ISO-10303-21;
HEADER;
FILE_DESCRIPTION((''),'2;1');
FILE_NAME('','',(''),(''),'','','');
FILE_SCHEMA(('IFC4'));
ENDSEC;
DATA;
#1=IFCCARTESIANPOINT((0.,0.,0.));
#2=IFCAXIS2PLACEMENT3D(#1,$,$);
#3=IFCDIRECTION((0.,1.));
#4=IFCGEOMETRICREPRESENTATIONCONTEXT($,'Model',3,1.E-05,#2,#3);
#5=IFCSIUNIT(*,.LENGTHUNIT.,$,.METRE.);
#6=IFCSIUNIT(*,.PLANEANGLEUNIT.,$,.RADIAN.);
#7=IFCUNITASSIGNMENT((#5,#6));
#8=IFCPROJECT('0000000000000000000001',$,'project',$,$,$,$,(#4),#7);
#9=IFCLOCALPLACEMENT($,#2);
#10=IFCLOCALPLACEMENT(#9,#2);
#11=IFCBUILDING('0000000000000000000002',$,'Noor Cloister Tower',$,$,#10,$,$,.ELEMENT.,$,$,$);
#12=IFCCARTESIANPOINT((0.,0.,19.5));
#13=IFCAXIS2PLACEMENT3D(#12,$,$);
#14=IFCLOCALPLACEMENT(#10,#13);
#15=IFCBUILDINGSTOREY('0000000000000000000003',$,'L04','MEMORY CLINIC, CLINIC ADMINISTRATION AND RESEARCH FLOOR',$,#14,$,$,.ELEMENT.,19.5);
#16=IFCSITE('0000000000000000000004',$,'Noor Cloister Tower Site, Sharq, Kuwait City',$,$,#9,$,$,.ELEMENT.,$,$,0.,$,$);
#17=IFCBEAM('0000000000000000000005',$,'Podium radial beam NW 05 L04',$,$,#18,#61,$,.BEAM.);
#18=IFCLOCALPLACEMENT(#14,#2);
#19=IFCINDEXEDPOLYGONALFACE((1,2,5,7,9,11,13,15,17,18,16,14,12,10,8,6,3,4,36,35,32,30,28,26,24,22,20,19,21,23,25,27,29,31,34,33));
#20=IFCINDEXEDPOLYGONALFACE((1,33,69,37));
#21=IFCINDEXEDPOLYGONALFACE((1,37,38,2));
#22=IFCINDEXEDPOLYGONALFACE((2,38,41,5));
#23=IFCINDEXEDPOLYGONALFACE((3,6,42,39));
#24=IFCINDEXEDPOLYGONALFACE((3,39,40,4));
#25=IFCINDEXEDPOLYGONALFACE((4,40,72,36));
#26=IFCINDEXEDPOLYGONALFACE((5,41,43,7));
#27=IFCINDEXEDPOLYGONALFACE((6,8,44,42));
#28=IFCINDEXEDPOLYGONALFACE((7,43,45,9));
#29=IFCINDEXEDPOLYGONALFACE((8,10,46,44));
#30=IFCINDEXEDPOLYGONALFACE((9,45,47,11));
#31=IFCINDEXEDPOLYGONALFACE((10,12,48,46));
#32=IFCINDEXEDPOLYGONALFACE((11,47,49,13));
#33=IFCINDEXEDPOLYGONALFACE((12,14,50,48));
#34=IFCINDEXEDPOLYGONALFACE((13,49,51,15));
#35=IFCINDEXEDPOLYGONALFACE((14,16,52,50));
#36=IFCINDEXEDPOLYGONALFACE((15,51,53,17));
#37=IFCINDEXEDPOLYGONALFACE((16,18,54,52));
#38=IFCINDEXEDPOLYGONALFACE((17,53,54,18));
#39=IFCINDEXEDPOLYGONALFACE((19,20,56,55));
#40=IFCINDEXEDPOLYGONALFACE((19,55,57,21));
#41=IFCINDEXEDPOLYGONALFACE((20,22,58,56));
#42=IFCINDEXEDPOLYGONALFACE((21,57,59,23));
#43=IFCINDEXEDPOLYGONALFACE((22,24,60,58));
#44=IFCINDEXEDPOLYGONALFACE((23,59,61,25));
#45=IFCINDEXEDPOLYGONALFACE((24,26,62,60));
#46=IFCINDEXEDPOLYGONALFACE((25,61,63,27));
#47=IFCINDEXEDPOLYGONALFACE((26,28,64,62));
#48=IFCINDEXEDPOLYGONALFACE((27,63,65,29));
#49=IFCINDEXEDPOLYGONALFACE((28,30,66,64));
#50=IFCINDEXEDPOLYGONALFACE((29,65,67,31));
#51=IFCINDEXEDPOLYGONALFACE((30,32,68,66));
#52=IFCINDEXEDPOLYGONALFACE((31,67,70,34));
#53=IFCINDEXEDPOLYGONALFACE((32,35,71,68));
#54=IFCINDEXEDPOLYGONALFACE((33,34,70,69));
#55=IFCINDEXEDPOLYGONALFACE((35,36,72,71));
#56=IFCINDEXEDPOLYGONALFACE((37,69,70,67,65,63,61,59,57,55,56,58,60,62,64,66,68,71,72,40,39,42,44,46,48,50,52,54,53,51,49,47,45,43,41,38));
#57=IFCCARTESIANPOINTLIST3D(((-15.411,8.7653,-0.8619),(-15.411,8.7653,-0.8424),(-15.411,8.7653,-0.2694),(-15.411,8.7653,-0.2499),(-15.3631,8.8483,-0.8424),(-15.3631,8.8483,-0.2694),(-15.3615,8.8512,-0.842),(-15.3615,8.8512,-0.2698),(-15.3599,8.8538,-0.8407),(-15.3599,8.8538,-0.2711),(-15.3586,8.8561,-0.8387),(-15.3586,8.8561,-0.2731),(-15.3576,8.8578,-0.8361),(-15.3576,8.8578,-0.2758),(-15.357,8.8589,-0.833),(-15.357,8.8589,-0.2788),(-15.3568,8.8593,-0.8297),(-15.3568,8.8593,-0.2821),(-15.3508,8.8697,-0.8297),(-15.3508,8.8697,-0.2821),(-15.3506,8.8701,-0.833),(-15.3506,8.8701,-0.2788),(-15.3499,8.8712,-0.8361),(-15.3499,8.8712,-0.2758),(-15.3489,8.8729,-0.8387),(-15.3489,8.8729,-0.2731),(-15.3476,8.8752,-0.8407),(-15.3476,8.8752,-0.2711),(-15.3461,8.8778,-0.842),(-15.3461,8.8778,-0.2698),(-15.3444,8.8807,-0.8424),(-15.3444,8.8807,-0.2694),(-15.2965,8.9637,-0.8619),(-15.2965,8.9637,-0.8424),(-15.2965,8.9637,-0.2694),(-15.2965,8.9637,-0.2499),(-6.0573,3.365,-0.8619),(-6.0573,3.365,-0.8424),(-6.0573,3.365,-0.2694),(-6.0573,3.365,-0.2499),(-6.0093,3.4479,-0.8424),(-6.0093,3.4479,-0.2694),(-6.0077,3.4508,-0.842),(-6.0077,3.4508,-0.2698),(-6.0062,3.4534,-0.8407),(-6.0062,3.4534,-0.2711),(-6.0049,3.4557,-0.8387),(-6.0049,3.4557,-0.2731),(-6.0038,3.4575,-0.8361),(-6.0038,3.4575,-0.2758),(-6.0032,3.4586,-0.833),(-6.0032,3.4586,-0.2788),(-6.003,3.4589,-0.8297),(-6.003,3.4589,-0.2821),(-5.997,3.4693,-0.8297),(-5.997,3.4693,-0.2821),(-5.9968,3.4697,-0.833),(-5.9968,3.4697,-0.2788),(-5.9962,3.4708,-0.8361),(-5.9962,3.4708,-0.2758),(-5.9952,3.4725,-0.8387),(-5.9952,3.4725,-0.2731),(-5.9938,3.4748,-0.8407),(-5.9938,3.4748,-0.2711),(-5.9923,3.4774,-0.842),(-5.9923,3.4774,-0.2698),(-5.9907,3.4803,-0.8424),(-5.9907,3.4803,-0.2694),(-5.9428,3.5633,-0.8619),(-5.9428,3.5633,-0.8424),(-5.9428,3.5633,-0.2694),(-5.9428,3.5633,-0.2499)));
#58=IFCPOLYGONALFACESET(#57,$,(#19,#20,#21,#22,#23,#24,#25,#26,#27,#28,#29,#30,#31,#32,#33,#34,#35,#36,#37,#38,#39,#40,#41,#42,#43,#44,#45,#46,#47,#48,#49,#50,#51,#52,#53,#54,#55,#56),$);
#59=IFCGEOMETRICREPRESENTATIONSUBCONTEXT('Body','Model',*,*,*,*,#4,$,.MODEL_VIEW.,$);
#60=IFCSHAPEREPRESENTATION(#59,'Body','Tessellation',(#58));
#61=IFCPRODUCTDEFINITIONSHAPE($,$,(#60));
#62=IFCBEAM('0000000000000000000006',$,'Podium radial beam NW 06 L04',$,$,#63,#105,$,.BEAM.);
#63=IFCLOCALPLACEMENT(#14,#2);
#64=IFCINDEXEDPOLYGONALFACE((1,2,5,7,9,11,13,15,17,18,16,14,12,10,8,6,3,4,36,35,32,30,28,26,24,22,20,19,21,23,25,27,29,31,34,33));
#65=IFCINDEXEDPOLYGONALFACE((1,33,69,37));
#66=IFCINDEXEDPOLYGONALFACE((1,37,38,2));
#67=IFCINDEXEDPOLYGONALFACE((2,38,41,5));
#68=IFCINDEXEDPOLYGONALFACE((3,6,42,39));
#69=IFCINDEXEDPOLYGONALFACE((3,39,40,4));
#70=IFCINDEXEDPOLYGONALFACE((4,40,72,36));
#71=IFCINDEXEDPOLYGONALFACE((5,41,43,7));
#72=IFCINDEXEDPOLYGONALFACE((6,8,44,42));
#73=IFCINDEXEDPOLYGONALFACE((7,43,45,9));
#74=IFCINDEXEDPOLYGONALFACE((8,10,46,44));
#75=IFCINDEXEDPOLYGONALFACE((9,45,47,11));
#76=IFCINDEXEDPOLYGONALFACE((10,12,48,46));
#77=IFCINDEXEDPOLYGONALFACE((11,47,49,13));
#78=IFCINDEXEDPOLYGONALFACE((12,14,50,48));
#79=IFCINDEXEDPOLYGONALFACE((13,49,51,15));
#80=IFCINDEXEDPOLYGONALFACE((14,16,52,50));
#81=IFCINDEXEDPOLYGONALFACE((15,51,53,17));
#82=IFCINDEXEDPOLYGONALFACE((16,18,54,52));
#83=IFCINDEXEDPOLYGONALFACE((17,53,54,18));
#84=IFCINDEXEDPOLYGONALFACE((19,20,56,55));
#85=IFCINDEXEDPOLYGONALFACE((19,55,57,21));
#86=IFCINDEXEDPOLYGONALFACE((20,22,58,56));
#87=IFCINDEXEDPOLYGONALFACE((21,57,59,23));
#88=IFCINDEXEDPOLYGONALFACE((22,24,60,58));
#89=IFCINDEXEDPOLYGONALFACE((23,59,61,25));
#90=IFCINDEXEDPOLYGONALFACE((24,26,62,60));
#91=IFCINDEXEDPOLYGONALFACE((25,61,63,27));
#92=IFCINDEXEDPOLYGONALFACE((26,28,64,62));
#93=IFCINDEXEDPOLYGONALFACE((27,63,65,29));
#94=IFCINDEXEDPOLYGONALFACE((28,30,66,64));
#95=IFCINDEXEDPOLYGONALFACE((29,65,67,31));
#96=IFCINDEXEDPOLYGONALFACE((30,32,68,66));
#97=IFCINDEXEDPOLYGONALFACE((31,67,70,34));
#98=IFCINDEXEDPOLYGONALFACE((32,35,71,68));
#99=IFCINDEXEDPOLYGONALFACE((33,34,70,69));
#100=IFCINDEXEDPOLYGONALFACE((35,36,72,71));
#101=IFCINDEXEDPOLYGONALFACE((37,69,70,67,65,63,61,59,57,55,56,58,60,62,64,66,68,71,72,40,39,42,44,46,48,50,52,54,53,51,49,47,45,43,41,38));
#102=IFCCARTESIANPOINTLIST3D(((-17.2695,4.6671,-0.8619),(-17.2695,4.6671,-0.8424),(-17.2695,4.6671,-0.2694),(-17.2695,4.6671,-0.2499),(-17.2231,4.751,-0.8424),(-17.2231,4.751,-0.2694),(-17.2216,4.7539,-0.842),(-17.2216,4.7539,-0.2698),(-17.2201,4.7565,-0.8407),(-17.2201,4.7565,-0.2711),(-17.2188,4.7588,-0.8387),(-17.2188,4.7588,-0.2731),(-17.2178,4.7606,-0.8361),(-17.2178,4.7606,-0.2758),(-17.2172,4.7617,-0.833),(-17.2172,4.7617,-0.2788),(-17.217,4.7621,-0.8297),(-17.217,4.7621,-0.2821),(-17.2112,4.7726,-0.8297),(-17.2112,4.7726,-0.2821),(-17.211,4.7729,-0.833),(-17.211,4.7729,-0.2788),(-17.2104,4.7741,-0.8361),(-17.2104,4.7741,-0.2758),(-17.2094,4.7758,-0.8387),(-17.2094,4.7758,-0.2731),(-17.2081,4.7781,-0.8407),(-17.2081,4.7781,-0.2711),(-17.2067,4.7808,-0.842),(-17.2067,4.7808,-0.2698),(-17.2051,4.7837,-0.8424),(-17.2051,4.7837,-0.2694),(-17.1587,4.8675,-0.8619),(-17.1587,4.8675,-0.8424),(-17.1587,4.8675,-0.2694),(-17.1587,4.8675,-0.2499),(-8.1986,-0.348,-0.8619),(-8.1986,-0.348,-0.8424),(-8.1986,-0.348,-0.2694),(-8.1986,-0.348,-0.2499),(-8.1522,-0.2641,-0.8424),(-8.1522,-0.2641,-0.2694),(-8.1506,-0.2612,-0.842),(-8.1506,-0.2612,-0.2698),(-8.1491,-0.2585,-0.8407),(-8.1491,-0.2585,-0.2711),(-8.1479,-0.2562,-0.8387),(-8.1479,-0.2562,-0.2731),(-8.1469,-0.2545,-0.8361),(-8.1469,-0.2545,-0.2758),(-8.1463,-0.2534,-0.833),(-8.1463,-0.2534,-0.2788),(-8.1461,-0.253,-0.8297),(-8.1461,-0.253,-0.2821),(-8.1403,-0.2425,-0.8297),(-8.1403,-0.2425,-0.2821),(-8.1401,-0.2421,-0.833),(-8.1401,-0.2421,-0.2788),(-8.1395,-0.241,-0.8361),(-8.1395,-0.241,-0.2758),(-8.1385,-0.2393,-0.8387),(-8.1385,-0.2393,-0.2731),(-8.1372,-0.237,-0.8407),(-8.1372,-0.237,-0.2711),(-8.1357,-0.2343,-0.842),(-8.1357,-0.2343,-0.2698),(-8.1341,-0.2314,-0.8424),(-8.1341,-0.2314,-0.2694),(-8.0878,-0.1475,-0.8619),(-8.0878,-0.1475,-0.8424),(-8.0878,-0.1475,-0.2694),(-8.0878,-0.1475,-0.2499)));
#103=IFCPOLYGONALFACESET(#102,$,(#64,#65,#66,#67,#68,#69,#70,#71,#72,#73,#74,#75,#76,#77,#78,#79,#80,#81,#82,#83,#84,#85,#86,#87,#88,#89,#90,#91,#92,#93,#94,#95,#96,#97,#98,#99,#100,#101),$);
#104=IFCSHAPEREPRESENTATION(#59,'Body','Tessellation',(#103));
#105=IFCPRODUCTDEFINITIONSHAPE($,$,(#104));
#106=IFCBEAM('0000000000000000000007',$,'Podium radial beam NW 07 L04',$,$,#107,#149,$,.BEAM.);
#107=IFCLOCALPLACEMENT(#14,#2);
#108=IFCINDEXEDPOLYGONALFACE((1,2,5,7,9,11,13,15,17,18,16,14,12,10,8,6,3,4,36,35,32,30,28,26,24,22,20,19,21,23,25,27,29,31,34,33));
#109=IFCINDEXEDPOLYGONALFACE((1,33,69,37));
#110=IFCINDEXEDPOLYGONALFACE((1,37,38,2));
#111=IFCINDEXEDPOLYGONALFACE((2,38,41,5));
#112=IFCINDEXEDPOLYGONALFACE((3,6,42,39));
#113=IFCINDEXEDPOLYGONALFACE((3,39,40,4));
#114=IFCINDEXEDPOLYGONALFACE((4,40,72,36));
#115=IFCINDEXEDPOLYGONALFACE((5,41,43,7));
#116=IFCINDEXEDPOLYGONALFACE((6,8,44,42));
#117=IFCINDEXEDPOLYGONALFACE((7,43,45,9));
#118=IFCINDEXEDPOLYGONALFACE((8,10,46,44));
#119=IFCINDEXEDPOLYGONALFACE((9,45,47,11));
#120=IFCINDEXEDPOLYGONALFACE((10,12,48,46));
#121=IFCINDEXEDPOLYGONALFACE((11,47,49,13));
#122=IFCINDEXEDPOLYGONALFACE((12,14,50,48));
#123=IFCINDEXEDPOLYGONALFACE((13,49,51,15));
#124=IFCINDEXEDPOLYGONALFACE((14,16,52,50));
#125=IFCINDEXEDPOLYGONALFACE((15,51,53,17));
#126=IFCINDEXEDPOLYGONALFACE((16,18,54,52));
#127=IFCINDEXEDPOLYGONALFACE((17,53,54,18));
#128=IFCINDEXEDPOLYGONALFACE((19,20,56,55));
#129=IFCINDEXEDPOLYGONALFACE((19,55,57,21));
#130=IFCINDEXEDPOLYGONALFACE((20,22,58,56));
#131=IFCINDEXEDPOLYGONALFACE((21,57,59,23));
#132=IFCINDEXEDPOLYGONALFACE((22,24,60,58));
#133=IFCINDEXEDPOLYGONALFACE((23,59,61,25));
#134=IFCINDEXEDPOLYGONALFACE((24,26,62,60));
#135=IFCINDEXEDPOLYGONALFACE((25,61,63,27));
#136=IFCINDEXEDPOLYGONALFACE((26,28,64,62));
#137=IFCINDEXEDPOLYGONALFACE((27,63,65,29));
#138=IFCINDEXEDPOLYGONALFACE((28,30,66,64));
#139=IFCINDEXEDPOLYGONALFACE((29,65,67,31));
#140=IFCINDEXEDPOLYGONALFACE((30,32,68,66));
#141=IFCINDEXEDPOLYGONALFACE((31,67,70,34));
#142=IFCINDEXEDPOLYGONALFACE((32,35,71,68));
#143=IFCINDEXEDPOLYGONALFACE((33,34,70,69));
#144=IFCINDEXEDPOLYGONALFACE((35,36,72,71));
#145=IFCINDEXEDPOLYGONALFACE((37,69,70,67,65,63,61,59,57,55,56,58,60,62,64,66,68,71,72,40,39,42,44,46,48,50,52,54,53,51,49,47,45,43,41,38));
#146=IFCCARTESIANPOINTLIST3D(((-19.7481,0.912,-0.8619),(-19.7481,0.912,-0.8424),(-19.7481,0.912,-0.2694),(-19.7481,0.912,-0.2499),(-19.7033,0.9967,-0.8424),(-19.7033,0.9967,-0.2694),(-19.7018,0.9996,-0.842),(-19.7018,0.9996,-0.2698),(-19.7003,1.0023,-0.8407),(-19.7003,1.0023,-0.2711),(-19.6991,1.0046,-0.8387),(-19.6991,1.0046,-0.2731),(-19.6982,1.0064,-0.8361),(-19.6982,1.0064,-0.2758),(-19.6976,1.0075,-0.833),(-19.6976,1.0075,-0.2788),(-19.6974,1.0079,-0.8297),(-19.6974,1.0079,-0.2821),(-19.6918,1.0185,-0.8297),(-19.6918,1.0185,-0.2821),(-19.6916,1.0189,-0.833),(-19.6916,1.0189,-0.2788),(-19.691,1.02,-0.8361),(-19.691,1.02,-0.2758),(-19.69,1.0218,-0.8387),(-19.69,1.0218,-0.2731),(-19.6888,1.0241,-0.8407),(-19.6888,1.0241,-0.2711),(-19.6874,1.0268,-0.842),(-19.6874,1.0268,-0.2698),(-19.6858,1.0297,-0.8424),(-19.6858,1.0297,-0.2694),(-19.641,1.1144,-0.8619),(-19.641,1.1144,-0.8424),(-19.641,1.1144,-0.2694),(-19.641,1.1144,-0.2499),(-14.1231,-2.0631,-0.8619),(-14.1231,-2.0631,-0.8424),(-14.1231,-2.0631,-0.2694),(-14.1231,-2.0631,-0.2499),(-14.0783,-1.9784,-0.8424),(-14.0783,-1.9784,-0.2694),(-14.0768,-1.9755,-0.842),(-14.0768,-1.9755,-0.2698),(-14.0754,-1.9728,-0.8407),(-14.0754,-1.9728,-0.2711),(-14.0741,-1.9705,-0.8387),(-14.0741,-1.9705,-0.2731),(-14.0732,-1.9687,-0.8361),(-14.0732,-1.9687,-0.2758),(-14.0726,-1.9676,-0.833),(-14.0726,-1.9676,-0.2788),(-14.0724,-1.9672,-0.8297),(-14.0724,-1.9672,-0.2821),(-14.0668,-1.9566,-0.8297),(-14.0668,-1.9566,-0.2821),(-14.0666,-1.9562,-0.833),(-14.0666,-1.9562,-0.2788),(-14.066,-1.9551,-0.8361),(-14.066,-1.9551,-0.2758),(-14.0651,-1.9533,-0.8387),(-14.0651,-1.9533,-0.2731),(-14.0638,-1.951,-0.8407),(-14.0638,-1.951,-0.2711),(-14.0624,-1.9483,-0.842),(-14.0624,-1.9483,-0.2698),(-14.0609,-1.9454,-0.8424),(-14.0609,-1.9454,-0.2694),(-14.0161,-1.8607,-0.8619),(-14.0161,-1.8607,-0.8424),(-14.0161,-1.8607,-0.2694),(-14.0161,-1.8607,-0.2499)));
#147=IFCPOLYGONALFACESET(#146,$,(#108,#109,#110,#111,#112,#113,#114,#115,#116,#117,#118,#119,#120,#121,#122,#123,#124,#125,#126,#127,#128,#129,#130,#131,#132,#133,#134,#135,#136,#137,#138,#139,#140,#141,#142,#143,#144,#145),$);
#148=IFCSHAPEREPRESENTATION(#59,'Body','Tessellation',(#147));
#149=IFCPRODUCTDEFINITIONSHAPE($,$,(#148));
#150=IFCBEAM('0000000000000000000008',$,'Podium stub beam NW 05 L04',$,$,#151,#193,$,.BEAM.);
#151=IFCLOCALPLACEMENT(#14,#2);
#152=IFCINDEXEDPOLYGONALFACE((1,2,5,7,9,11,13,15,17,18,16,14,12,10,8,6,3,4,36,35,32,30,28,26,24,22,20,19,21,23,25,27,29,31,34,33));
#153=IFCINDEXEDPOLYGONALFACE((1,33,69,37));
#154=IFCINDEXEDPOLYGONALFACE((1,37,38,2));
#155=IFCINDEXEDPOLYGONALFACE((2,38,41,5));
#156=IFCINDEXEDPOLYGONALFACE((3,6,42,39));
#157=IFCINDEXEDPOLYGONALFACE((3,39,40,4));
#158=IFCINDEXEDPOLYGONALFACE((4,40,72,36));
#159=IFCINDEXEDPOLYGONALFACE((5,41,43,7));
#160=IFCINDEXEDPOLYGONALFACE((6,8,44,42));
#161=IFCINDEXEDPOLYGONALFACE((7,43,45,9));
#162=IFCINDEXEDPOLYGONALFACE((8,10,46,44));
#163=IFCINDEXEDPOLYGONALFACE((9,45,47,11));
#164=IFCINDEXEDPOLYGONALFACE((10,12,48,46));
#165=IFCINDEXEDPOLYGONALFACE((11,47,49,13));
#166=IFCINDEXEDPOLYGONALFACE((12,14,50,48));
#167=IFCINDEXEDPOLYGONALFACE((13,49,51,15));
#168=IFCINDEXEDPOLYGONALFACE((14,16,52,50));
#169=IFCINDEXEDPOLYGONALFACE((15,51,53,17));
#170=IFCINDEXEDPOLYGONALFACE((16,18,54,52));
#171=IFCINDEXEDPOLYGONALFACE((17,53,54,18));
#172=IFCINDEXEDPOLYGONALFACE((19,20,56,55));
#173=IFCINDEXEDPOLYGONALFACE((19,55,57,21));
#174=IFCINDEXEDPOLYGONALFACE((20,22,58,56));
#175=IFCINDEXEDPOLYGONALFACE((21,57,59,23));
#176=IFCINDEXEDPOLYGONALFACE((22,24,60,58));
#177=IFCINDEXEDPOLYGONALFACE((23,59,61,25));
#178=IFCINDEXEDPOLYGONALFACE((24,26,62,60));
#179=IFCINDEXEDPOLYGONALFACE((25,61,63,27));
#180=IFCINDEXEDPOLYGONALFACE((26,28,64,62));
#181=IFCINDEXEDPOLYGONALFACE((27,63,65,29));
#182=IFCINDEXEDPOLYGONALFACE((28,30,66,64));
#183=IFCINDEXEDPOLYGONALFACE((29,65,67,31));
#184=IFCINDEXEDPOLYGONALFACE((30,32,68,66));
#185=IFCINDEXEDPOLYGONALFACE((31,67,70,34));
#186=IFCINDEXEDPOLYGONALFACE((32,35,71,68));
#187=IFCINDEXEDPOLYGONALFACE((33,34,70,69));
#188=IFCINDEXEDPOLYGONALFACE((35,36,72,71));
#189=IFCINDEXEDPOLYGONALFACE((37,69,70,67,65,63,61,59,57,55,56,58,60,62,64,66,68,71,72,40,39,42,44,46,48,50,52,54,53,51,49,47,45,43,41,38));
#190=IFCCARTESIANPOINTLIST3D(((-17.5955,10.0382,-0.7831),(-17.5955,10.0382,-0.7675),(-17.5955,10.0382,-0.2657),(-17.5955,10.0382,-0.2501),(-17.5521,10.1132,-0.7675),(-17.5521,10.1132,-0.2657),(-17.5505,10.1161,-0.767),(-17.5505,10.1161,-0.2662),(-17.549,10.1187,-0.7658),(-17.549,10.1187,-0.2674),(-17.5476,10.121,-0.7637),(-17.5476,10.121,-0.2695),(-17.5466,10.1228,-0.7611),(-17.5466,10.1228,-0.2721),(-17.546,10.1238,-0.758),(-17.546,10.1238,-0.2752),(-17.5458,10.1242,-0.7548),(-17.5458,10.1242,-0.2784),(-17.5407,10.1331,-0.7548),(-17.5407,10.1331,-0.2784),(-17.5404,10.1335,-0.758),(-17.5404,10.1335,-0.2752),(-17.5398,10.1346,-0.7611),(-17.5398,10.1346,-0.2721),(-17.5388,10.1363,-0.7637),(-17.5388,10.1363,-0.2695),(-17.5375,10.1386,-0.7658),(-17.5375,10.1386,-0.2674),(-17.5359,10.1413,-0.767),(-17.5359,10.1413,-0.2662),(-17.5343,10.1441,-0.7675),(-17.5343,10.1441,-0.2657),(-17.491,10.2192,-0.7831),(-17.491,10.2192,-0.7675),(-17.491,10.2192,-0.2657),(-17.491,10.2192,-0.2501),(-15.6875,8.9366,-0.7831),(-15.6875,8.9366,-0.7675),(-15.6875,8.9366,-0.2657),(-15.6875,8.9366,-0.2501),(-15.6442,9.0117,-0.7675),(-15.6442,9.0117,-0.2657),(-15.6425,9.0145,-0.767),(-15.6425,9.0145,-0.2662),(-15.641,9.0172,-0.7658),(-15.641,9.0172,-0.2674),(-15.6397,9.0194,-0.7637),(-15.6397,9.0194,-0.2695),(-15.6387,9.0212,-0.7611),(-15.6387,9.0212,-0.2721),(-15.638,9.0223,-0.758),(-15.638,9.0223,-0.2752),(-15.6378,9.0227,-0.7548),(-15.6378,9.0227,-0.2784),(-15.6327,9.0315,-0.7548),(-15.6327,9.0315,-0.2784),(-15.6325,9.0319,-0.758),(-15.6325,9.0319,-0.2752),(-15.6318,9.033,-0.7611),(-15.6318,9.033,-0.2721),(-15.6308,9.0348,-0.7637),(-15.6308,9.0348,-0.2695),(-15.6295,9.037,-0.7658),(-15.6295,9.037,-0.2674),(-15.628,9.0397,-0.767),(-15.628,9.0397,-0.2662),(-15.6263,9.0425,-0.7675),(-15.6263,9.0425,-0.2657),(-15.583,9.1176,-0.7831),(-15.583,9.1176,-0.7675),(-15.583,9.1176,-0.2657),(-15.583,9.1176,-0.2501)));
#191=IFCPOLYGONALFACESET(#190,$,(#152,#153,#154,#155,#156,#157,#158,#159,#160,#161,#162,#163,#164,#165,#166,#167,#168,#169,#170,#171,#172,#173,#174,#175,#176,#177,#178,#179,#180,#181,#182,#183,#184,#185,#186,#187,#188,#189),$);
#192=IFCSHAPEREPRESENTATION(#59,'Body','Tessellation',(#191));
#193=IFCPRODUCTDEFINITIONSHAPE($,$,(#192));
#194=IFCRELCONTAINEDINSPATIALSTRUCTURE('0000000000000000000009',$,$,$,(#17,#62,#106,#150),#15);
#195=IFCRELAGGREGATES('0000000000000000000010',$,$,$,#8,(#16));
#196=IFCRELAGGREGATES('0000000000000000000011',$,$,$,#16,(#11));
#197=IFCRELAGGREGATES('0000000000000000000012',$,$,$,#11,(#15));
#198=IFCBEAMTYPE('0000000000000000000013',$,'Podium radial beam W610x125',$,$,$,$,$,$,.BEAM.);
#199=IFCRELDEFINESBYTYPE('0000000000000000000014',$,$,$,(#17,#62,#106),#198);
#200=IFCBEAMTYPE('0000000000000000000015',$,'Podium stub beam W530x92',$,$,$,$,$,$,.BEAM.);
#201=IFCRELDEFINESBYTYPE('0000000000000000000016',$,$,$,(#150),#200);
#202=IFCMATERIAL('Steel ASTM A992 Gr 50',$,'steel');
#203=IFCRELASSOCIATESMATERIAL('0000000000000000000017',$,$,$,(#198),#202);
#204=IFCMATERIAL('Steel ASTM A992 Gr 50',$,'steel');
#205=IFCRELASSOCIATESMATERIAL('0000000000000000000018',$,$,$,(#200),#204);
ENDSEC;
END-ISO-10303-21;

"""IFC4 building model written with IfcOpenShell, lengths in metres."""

from ifc_helpers import new_model, si_unit, direction, frame, origin, origin_2d, place, context, subcontext, project, spatial, i_section, extrude, material, material_profile, profile_set, type_object, element, save


model = new_model("IFC4")

# Units and contexts
model_context = context("Model", 3, precision=1e-05, world=origin(), true_north=direction((0.0, 1.0)))
body_context = subcontext(model_context, "Body", "Model", "MODEL_VIEW")
ifc_project = project(units=[si_unit("LENGTHUNIT", "METRE"), si_unit("PLANEANGLEUNIT", "RADIAN")], contexts=[model_context])

# Site, building, storey
site_placement = place(None, origin())
site = spatial("IfcSite", under=ifc_project, at=site_placement, Name="Noor Cloister Tower Site, Sharq, Kuwait City", CompositionType="ELEMENT", RefElevation=0.0)
building_placement = place(site_placement, origin())
building = spatial("IfcBuilding", under=site, at=building_placement, Name="Noor Cloister Tower", CompositionType="ELEMENT")
storey_placement = place(building_placement, frame((0.0, 0.0, 19.5)))
storey = spatial("IfcBuildingStorey", under=building, at=storey_placement, Name="L04", Description="MEMORY CLINIC, CLINIC ADMINISTRATION AND RESEARCH FLOOR", CompositionType="ELEMENT", Elevation=19.5)

# Beams
ifc_material_1 = material(Name="Steel ASTM A992 Gr 50", Category="steel")
ifc_material_profile_1 = material_profile(ifc_material_1, i_section(OverallWidth=0.229, OverallDepth=0.6121, WebThickness=0.012, FlangeThickness=0.0195, FilletRadius=0.0127, at=origin_2d()), Name="W610x125")
ifc_profile_set_1 = profile_set([ifc_material_profile_1], Name="Steel ASTM A992 Gr 50")
beam_type_1 = type_object("IfcBeamType", Name="Podium radial beam W610x125", PredefinedType="BEAM", material=ifc_profile_set_1)
beam_1_placement = place(storey_placement, frame((-15.3538, 8.8645, -0.5559), z_axis=(0.866026, -0.5, 0.0), x_axis=(0.5, 0.866026, 0.0)))
element("IfcBeam", 1, at=beam_1_placement, inside=storey, type_object=beam_type_1, Name="Podium radial beam NW 05 L04", PredefinedType="BEAM", context=body_context, shape_type="SweptSolid", body=[
    extrude(i_section(OverallWidth=0.229, OverallDepth=0.6121, WebThickness=0.012, FlangeThickness=0.0195, FilletRadius=0.0127, at=origin_2d()), origin(), (0.0, 0.0, 1.0), 10.8008),
])
beam_2_placement = place(storey_placement, frame((-17.2141, 4.7673, -0.5559), z_axis=(0.875152, -0.483848, 0.0), x_axis=(0.483848, 0.875152, 0.0)))
element("IfcBeam", 2, at=beam_2_placement, inside=storey, type_object=beam_type_1, Name="Podium radial beam NW 06 L04", PredefinedType="BEAM", context=body_context, shape_type="SweptSolid", body=[
    extrude(i_section(OverallWidth=0.229, OverallDepth=0.6121, WebThickness=0.012, FlangeThickness=0.0195, FilletRadius=0.0127, at=origin_2d()), origin(), (0.0, 0.0, 1.0), 10.365),
])
beam_3_placement = place(storey_placement, frame((-19.6946, 1.0132, -0.5559), z_axis=(0.883973, -0.467539, 0.0), x_axis=(0.467539, 0.883973, 0.0)))
element("IfcBeam", 3, at=beam_3_placement, inside=storey, type_object=beam_type_1, Name="Podium radial beam NW 07 L04", PredefinedType="BEAM", context=body_context, shape_type="SweptSolid", body=[
    extrude(i_section(OverallWidth=0.229, OverallDepth=0.6121, WebThickness=0.012, FlangeThickness=0.0195, FilletRadius=0.0127, at=origin_2d()), origin(), (0.0, 0.0, 1.0), 6.3633),
])
ifc_material_2 = material(Name="Steel ASTM A992 Gr 50", Category="steel")
ifc_material_profile_2 = material_profile(ifc_material_2, i_section(OverallWidth=0.209, OverallDepth=0.533, WebThickness=0.0103, FlangeThickness=0.0156, FilletRadius=0.0127, at=origin_2d()), Name="W530x92")
ifc_profile_set_2 = profile_set([ifc_material_profile_2], Name="Steel ASTM A992 Gr 50")
beam_type_2 = type_object("IfcBeamType", Name="Podium stub beam W530x92", PredefinedType="BEAM", material=ifc_profile_set_2)
beam_4_placement = place(storey_placement, frame((-15.6353, 9.0271, -0.5166), z_axis=(-0.866025, 0.500001, 0.0), x_axis=(-0.500001, -0.866025, 0.0)))
element("IfcBeam", 4, at=beam_4_placement, inside=storey, type_object=beam_type_2, Name="Podium stub beam NW 05 L04", PredefinedType="BEAM", context=body_context, shape_type="SweptSolid", body=[
    extrude(i_section(OverallWidth=0.209, OverallDepth=0.533, WebThickness=0.0103, FlangeThickness=0.0156, FilletRadius=0.0127, at=origin_2d()), origin(), (0.0, 0.0, 1.0), 2.2031),
])

save(model, "model.ifc")
